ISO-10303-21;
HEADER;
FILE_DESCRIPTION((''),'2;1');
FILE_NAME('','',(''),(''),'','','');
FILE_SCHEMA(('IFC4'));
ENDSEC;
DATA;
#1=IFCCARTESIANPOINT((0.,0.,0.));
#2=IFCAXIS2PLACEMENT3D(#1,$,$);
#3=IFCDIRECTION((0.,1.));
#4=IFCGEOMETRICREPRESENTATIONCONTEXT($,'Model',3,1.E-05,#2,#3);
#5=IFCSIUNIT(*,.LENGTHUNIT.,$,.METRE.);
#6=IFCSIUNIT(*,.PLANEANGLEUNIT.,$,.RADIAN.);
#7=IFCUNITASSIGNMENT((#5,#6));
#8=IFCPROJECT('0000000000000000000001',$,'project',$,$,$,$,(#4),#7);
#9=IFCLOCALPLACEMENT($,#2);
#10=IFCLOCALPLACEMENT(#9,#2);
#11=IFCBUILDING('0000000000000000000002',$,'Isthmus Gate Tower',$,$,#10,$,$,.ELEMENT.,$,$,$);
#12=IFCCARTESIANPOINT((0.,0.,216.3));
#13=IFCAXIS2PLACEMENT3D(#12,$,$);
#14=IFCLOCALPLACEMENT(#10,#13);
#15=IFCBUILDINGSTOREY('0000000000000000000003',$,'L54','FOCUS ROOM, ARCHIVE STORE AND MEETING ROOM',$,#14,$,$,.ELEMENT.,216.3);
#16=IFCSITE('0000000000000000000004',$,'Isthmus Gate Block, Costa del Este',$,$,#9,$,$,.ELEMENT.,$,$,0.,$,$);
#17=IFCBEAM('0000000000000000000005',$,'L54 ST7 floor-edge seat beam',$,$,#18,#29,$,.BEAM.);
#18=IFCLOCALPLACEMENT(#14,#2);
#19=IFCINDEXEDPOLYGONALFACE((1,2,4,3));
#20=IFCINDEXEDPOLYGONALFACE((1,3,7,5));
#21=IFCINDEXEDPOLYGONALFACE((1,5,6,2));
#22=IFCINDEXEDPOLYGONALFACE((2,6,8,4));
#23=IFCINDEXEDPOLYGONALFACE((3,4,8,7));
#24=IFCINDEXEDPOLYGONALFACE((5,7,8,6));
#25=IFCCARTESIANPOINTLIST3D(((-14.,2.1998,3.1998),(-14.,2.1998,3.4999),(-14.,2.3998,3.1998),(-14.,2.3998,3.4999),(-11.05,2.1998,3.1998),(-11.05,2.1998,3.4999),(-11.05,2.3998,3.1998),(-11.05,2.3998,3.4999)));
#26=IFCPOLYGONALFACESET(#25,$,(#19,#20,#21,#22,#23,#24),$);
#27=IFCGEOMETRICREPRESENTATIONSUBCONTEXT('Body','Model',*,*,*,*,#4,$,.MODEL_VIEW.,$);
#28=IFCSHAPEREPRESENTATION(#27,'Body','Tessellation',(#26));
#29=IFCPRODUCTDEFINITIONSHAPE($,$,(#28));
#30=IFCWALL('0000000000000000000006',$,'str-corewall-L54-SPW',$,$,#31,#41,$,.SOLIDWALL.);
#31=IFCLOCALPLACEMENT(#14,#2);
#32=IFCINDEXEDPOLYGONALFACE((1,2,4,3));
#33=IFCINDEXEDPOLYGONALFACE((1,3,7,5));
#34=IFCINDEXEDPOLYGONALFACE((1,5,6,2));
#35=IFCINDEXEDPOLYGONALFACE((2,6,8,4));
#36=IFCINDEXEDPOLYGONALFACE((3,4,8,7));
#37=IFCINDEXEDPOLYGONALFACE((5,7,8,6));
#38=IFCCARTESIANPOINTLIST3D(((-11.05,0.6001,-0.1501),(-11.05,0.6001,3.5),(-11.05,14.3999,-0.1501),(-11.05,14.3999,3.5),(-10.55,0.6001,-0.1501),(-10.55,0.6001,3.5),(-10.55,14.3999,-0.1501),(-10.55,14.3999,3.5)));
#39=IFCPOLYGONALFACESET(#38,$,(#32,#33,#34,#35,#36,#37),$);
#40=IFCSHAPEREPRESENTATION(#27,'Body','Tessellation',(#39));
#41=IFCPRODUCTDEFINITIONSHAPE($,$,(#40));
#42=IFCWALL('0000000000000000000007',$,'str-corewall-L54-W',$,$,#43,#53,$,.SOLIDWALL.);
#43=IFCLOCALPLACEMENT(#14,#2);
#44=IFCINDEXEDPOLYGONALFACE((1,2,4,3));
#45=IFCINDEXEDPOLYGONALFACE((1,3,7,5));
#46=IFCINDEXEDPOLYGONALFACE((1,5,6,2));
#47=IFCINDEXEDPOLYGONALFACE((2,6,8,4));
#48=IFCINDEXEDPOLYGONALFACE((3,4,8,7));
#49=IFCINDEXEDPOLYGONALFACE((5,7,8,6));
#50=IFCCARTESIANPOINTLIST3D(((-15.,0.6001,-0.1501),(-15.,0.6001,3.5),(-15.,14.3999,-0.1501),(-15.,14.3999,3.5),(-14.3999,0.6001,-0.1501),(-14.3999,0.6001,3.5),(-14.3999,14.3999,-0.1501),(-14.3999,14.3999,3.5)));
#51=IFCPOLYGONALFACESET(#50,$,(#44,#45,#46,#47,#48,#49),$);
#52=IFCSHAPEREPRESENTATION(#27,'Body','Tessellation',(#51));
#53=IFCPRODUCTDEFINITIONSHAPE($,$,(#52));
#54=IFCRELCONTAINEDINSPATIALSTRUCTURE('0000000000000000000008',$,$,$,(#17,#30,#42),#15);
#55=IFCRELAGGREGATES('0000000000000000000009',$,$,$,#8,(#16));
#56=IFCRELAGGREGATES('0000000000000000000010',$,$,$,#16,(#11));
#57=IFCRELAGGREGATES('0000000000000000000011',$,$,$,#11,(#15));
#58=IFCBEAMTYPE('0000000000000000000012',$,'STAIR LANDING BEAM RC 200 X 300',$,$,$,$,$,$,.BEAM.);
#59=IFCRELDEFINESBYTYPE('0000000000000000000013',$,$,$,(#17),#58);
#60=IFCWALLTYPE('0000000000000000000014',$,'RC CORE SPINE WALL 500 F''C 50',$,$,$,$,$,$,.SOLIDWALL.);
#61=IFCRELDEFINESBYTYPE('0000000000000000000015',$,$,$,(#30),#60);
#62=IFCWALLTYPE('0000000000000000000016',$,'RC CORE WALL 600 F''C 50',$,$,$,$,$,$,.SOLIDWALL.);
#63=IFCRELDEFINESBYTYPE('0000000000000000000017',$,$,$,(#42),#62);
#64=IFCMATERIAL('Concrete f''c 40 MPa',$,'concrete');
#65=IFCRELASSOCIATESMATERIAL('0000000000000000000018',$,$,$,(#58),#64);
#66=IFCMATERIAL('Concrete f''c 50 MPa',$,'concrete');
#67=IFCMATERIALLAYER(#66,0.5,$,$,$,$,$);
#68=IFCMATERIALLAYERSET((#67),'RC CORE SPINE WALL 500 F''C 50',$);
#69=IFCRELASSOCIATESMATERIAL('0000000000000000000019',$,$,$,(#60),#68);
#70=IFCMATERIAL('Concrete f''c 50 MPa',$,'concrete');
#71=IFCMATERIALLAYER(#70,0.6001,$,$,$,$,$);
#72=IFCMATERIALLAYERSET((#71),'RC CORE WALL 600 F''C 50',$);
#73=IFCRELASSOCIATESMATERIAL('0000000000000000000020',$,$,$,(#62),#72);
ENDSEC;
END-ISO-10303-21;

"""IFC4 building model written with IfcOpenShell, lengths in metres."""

from ifc_helpers import new_model, si_unit, direction, frame, frame_2d, origin, origin_2d, place, context, subcontext, project, spatial, rectangle, extrude, material, layer, layer_set, material_profile, profile_set, type_object, element, save


model = new_model("IFC4")

# Units and contexts
model_context = context("Model", 3, precision=1e-05, world=origin(), true_north=direction((0.0, 1.0)))
body_context = subcontext(model_context, "Body", "Model", "MODEL_VIEW")
ifc_project = project(units=[si_unit("LENGTHUNIT", "METRE"), si_unit("PLANEANGLEUNIT", "RADIAN")], contexts=[model_context])

# Site, building, storey
site_placement = place(None, origin())
site = spatial("IfcSite", under=ifc_project, at=site_placement, Name="Isthmus Gate Block, Costa del Este", CompositionType="ELEMENT", RefElevation=0.0)
building_placement = place(site_placement, origin())
building = spatial("IfcBuilding", under=site, at=building_placement, Name="Isthmus Gate Tower", CompositionType="ELEMENT")
storey_placement = place(building_placement, frame((0.0, 0.0, 216.3)))
storey = spatial("IfcBuildingStorey", under=building, at=storey_placement, Name="L54", Description="FOCUS ROOM, ARCHIVE STORE AND MEETING ROOM", CompositionType="ELEMENT", Elevation=216.3)

# Beam
ifc_material_1 = material(Name="Concrete f'c 40 MPa", Category="concrete")
ifc_material_profile = material_profile(ifc_material_1, rectangle(XDim=0.2, YDim=0.3, at=origin_2d()), Name="STAIR LANDING BEAM RC 200 X 300")
ifc_profile_set = profile_set([ifc_material_profile], Name="Concrete f'c 40 MPa")
beam_type = type_object("IfcBeamType", Name="STAIR LANDING BEAM RC 200 X 300", PredefinedType="BEAM", material=ifc_profile_set)
beam_placement = place(storey_placement, frame((-14.0, 2.2998, 3.3499), z_axis=(1.0, 0.0, 0.0), x_axis=(0.0, 1.0, 0.0)))
element("IfcBeam", 1, at=beam_placement, inside=storey, type_object=beam_type, Name="L54 ST7 floor-edge seat beam", PredefinedType="BEAM", context=body_context, shape_type="SweptSolid", body=[
    extrude(rectangle(XDim=0.2, YDim=0.3, at=origin_2d()), origin(), (0.0, 0.0, 1.0), 2.95),
])

# Walls
ifc_material_2 = material(Name="Concrete f'c 50 MPa", Category="concrete")
ifc_layer_1 = layer(ifc_material_2, 0.5)
ifc_layer_set_1 = layer_set([ifc_layer_1], Name="RC CORE SPINE WALL 500 F'C 50")
wall_type_1 = type_object("IfcWallType", Name="RC CORE SPINE WALL 500 F'C 50", PredefinedType="SOLIDWALL", material=ifc_layer_set_1)
wall_1_placement = place(storey_placement, frame((-10.8, 0.6001, -0.1501), z_axis=(0.0, 0.0, 1.0), x_axis=(0.0, 1.0, 0.0)))
element("IfcWall", 2, at=wall_1_placement, inside=storey, type_object=wall_type_1, Name="str-corewall-L54-SPW", PredefinedType="SOLIDWALL", context=body_context, shape_type="SweptSolid", body=[
    extrude(rectangle(XDim=13.7998, YDim=0.5, at=frame_2d((6.8999, 0.0))), origin(), (0.0, 0.0, 1.0), 3.6501),
])
ifc_material_3 = material(Name="Concrete f'c 50 MPa", Category="concrete")
ifc_layer_2 = layer(ifc_material_3, 0.6001)
ifc_layer_set_2 = layer_set([ifc_layer_2], Name="RC CORE WALL 600 F'C 50")
wall_type_2 = type_object("IfcWallType", Name="RC CORE WALL 600 F'C 50", PredefinedType="SOLIDWALL", material=ifc_layer_set_2)
wall_2_placement = place(storey_placement, frame((-14.7, 0.6001, -0.1501), z_axis=(0.0, 0.0, 1.0), x_axis=(0.0, 1.0, 0.0)))
element("IfcWall", 3, at=wall_2_placement, inside=storey, type_object=wall_type_2, Name="str-corewall-L54-W", PredefinedType="SOLIDWALL", context=body_context, shape_type="SweptSolid", body=[
    extrude(rectangle(XDim=13.7998, YDim=0.6001, at=frame_2d((6.8999, 0.0))), origin(), (0.0, 0.0, 1.0), 3.6501),
])

save(model, "model.ifc")
